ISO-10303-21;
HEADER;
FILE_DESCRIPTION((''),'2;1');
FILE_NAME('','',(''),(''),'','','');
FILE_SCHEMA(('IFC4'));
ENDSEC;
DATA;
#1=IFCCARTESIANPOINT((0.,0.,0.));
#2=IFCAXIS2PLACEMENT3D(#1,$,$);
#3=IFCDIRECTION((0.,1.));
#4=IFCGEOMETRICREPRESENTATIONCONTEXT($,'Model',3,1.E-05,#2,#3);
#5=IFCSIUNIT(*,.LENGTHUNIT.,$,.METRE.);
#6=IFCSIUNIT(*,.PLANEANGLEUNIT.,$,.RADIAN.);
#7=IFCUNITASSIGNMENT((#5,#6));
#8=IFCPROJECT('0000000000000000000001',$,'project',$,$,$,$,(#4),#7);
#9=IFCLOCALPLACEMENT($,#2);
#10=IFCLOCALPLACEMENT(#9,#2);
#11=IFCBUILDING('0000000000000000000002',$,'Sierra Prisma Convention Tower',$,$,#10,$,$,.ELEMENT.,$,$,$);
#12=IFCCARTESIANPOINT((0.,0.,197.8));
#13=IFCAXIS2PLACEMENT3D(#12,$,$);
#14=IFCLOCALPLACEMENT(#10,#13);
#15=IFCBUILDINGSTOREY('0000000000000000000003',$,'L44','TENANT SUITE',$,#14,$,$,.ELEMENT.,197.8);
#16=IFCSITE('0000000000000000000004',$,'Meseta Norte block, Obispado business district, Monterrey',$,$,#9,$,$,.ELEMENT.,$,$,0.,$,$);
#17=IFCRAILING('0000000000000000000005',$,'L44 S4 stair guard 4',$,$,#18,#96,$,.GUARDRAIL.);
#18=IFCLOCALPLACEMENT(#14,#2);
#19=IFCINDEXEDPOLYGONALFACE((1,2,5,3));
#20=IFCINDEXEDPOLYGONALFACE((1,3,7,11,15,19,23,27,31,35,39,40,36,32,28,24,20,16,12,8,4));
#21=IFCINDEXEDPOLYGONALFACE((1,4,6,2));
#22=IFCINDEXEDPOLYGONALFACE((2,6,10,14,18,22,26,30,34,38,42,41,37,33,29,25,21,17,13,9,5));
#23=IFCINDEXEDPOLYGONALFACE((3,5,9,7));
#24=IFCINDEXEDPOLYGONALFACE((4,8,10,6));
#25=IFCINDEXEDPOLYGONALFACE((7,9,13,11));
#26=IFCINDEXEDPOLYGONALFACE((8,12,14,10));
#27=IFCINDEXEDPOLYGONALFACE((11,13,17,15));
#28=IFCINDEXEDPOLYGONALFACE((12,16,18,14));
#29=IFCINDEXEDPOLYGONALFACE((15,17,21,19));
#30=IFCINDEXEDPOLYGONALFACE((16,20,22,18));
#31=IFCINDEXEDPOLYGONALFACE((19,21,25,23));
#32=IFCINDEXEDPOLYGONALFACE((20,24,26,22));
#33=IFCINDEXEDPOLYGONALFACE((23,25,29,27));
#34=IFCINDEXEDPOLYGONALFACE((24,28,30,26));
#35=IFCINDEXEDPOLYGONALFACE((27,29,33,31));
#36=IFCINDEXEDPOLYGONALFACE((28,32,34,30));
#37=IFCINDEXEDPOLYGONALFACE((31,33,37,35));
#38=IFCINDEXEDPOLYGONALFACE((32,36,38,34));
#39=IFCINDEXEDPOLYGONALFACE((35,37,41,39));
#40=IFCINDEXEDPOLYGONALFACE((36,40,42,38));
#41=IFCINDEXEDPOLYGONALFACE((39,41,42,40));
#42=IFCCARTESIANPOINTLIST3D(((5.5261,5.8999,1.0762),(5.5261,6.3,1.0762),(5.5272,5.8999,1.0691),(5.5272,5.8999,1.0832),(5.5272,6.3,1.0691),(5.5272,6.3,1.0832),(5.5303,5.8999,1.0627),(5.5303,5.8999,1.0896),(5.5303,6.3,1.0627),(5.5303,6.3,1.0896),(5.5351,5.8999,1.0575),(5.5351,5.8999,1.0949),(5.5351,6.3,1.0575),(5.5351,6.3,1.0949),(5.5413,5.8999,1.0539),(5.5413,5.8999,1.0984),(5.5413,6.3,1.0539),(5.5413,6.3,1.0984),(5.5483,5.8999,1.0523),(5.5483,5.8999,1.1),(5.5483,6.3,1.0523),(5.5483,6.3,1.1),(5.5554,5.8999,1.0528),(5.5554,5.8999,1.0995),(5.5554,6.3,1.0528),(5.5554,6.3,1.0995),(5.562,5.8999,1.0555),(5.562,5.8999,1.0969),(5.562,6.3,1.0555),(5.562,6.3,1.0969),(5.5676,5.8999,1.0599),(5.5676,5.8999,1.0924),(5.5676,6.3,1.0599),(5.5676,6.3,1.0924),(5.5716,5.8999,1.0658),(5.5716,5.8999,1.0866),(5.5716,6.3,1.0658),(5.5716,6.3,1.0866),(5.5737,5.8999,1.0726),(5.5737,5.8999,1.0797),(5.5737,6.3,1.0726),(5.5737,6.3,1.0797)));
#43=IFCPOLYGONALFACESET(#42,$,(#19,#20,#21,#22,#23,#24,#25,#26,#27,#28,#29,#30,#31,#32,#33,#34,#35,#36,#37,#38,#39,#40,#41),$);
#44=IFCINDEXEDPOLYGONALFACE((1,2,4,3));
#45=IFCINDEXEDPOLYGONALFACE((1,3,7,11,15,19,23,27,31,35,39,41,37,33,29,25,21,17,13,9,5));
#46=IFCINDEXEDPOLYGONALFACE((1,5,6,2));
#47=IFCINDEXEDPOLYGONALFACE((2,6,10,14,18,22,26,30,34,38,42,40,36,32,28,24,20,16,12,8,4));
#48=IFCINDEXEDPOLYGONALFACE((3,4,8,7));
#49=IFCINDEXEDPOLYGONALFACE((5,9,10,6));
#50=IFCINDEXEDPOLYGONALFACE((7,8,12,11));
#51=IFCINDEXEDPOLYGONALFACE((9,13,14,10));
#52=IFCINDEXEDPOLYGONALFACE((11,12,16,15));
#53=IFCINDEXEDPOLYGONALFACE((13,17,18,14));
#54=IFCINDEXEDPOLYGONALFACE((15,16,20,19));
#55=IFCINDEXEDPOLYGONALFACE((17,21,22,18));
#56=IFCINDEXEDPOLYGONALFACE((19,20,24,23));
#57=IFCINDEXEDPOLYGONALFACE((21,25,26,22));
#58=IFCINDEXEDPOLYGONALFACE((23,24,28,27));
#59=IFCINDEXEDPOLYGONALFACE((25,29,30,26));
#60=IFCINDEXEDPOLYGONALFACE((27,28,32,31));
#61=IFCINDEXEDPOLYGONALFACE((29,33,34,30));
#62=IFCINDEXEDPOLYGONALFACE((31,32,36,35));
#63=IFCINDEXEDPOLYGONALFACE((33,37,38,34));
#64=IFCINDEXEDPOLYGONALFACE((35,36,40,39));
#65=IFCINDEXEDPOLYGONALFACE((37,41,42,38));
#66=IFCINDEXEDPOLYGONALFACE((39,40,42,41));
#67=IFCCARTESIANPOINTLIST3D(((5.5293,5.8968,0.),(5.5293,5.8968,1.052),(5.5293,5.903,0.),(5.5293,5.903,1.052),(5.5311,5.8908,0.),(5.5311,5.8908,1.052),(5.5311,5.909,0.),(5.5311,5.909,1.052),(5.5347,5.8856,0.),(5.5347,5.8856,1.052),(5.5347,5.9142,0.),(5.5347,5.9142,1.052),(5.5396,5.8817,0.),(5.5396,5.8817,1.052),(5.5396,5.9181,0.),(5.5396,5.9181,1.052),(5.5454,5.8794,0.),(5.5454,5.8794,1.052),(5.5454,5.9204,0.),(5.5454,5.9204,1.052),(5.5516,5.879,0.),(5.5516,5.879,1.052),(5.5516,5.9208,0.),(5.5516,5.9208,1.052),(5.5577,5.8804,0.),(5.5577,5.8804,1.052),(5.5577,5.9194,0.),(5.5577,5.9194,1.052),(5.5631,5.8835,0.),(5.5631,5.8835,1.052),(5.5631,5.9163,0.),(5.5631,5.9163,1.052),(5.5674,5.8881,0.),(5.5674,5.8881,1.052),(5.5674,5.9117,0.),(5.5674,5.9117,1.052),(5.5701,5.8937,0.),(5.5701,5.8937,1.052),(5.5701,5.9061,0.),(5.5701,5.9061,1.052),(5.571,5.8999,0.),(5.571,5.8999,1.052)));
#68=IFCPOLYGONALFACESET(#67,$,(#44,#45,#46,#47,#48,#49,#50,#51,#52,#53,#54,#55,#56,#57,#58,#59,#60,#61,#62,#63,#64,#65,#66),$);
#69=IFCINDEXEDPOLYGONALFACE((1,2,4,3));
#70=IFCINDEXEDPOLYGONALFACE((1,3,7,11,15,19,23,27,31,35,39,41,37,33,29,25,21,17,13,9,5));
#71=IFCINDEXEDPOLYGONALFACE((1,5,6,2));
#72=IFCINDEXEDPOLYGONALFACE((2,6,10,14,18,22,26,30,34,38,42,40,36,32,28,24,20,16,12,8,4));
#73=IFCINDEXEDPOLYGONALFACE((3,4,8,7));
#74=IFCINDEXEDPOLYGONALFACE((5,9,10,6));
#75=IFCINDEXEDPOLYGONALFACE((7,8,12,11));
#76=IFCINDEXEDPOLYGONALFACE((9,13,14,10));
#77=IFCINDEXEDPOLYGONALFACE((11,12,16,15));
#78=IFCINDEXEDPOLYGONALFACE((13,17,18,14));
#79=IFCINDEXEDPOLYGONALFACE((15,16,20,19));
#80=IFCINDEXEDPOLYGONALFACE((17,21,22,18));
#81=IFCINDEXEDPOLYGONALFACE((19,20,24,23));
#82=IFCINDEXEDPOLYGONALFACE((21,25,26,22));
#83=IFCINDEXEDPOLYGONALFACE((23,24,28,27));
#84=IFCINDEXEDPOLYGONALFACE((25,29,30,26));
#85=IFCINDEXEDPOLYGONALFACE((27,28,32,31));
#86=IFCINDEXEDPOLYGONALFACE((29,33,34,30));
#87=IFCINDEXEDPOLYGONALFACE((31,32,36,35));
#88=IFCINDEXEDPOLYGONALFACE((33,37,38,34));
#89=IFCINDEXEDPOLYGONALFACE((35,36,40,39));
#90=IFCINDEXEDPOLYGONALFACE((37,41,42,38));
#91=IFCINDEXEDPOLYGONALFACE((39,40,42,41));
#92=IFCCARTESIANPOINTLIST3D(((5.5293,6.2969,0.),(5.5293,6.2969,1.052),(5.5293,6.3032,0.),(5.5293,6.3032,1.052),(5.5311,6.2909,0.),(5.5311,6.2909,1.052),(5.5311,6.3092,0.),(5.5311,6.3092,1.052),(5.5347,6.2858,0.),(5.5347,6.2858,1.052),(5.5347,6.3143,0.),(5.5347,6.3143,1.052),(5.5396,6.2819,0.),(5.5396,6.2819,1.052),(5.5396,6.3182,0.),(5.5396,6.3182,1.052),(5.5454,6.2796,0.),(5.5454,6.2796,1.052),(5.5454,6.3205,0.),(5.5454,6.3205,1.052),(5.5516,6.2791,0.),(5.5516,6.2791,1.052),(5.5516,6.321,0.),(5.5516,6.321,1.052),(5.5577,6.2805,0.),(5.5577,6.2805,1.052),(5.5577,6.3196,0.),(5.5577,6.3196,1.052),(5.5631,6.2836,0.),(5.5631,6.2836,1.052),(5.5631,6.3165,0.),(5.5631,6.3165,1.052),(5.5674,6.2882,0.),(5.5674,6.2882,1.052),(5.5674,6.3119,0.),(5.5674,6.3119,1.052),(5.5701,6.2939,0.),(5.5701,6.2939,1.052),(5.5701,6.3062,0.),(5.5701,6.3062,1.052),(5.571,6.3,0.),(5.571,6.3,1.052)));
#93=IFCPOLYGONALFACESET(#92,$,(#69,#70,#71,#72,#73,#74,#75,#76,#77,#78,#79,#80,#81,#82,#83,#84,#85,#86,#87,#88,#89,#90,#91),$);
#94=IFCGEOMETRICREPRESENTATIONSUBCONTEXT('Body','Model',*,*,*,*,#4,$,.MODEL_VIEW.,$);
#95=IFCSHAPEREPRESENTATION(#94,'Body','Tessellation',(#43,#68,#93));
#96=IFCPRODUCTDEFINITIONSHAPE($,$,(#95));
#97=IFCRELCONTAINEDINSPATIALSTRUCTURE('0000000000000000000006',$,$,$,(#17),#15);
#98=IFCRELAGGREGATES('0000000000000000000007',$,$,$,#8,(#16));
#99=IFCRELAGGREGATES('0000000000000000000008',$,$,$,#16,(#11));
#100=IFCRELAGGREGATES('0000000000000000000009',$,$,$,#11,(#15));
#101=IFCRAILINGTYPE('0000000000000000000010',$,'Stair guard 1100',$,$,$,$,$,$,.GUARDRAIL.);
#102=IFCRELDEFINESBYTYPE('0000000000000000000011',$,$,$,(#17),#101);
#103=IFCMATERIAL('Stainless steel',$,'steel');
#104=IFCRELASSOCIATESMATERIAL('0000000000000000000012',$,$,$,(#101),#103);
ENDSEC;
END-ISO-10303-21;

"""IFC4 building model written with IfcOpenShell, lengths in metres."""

from ifc_helpers import new_model, si_unit, direction, frame, origin, origin_2d, place, context, subcontext, project, spatial, circle, extrude, material, type_object, element, save


model = new_model("IFC4")

# Units and contexts
model_context = context("Model", 3, precision=1e-05, world=origin(), true_north=direction((0.0, 1.0)))
body_context = subcontext(model_context, "Body", "Model", "MODEL_VIEW")
ifc_project = project(units=[si_unit("LENGTHUNIT", "METRE"), si_unit("PLANEANGLEUNIT", "RADIAN")], contexts=[model_context])

# Site, building, storey
site_placement = place(None, origin())
site = spatial("IfcSite", under=ifc_project, at=site_placement, Name="Meseta Norte block, Obispado business district, Monterrey", CompositionType="ELEMENT", RefElevation=0.0)
building_placement = place(site_placement, origin())
building = spatial("IfcBuilding", under=site, at=building_placement, Name="Sierra Prisma Convention Tower", CompositionType="ELEMENT")
storey_placement = place(building_placement, frame((0.0, 0.0, 197.8)))
storey = spatial("IfcBuildingStorey", under=building, at=storey_placement, Name="L44", Description="TENANT SUITE", CompositionType="ELEMENT", Elevation=197.8)

# Railing
ifc_material_1 = material(Name="Stainless steel", Category="steel")
railing_type_1 = type_object("IfcRailingType", Name="Stair guard 1100", PredefinedType="GUARDRAIL", material=ifc_material_1)
railing_1_placement = place(storey_placement, frame((5.55, 5.8999, 0.0)))
element("IfcRailing", 1, at=railing_1_placement, inside=storey, type_object=railing_type_1, Name="L44 S4 stair guard 4", PredefinedType="GUARDRAIL", context=body_context, shape_type="SweptSolid", body=[
    extrude(circle(Radius=0.0239, at=origin_2d()), frame((0.0, 0.0, 1.0762), z_axis=(0.0, 1.0, 0.0), x_axis=(-1.0, 0.0, 0.0)), (0.0, 0.0, 1.0), 0.4001),
    extrude(circle(Radius=0.021, at=origin_2d()), origin(), (0.0, 0.0, 1.0), 1.052),
    extrude(circle(Radius=0.021, at=origin_2d()), frame((0.0, 0.4001, 0.0)), (0.0, 0.0, 1.0), 1.052),
])

save(model, "model.ifc")
